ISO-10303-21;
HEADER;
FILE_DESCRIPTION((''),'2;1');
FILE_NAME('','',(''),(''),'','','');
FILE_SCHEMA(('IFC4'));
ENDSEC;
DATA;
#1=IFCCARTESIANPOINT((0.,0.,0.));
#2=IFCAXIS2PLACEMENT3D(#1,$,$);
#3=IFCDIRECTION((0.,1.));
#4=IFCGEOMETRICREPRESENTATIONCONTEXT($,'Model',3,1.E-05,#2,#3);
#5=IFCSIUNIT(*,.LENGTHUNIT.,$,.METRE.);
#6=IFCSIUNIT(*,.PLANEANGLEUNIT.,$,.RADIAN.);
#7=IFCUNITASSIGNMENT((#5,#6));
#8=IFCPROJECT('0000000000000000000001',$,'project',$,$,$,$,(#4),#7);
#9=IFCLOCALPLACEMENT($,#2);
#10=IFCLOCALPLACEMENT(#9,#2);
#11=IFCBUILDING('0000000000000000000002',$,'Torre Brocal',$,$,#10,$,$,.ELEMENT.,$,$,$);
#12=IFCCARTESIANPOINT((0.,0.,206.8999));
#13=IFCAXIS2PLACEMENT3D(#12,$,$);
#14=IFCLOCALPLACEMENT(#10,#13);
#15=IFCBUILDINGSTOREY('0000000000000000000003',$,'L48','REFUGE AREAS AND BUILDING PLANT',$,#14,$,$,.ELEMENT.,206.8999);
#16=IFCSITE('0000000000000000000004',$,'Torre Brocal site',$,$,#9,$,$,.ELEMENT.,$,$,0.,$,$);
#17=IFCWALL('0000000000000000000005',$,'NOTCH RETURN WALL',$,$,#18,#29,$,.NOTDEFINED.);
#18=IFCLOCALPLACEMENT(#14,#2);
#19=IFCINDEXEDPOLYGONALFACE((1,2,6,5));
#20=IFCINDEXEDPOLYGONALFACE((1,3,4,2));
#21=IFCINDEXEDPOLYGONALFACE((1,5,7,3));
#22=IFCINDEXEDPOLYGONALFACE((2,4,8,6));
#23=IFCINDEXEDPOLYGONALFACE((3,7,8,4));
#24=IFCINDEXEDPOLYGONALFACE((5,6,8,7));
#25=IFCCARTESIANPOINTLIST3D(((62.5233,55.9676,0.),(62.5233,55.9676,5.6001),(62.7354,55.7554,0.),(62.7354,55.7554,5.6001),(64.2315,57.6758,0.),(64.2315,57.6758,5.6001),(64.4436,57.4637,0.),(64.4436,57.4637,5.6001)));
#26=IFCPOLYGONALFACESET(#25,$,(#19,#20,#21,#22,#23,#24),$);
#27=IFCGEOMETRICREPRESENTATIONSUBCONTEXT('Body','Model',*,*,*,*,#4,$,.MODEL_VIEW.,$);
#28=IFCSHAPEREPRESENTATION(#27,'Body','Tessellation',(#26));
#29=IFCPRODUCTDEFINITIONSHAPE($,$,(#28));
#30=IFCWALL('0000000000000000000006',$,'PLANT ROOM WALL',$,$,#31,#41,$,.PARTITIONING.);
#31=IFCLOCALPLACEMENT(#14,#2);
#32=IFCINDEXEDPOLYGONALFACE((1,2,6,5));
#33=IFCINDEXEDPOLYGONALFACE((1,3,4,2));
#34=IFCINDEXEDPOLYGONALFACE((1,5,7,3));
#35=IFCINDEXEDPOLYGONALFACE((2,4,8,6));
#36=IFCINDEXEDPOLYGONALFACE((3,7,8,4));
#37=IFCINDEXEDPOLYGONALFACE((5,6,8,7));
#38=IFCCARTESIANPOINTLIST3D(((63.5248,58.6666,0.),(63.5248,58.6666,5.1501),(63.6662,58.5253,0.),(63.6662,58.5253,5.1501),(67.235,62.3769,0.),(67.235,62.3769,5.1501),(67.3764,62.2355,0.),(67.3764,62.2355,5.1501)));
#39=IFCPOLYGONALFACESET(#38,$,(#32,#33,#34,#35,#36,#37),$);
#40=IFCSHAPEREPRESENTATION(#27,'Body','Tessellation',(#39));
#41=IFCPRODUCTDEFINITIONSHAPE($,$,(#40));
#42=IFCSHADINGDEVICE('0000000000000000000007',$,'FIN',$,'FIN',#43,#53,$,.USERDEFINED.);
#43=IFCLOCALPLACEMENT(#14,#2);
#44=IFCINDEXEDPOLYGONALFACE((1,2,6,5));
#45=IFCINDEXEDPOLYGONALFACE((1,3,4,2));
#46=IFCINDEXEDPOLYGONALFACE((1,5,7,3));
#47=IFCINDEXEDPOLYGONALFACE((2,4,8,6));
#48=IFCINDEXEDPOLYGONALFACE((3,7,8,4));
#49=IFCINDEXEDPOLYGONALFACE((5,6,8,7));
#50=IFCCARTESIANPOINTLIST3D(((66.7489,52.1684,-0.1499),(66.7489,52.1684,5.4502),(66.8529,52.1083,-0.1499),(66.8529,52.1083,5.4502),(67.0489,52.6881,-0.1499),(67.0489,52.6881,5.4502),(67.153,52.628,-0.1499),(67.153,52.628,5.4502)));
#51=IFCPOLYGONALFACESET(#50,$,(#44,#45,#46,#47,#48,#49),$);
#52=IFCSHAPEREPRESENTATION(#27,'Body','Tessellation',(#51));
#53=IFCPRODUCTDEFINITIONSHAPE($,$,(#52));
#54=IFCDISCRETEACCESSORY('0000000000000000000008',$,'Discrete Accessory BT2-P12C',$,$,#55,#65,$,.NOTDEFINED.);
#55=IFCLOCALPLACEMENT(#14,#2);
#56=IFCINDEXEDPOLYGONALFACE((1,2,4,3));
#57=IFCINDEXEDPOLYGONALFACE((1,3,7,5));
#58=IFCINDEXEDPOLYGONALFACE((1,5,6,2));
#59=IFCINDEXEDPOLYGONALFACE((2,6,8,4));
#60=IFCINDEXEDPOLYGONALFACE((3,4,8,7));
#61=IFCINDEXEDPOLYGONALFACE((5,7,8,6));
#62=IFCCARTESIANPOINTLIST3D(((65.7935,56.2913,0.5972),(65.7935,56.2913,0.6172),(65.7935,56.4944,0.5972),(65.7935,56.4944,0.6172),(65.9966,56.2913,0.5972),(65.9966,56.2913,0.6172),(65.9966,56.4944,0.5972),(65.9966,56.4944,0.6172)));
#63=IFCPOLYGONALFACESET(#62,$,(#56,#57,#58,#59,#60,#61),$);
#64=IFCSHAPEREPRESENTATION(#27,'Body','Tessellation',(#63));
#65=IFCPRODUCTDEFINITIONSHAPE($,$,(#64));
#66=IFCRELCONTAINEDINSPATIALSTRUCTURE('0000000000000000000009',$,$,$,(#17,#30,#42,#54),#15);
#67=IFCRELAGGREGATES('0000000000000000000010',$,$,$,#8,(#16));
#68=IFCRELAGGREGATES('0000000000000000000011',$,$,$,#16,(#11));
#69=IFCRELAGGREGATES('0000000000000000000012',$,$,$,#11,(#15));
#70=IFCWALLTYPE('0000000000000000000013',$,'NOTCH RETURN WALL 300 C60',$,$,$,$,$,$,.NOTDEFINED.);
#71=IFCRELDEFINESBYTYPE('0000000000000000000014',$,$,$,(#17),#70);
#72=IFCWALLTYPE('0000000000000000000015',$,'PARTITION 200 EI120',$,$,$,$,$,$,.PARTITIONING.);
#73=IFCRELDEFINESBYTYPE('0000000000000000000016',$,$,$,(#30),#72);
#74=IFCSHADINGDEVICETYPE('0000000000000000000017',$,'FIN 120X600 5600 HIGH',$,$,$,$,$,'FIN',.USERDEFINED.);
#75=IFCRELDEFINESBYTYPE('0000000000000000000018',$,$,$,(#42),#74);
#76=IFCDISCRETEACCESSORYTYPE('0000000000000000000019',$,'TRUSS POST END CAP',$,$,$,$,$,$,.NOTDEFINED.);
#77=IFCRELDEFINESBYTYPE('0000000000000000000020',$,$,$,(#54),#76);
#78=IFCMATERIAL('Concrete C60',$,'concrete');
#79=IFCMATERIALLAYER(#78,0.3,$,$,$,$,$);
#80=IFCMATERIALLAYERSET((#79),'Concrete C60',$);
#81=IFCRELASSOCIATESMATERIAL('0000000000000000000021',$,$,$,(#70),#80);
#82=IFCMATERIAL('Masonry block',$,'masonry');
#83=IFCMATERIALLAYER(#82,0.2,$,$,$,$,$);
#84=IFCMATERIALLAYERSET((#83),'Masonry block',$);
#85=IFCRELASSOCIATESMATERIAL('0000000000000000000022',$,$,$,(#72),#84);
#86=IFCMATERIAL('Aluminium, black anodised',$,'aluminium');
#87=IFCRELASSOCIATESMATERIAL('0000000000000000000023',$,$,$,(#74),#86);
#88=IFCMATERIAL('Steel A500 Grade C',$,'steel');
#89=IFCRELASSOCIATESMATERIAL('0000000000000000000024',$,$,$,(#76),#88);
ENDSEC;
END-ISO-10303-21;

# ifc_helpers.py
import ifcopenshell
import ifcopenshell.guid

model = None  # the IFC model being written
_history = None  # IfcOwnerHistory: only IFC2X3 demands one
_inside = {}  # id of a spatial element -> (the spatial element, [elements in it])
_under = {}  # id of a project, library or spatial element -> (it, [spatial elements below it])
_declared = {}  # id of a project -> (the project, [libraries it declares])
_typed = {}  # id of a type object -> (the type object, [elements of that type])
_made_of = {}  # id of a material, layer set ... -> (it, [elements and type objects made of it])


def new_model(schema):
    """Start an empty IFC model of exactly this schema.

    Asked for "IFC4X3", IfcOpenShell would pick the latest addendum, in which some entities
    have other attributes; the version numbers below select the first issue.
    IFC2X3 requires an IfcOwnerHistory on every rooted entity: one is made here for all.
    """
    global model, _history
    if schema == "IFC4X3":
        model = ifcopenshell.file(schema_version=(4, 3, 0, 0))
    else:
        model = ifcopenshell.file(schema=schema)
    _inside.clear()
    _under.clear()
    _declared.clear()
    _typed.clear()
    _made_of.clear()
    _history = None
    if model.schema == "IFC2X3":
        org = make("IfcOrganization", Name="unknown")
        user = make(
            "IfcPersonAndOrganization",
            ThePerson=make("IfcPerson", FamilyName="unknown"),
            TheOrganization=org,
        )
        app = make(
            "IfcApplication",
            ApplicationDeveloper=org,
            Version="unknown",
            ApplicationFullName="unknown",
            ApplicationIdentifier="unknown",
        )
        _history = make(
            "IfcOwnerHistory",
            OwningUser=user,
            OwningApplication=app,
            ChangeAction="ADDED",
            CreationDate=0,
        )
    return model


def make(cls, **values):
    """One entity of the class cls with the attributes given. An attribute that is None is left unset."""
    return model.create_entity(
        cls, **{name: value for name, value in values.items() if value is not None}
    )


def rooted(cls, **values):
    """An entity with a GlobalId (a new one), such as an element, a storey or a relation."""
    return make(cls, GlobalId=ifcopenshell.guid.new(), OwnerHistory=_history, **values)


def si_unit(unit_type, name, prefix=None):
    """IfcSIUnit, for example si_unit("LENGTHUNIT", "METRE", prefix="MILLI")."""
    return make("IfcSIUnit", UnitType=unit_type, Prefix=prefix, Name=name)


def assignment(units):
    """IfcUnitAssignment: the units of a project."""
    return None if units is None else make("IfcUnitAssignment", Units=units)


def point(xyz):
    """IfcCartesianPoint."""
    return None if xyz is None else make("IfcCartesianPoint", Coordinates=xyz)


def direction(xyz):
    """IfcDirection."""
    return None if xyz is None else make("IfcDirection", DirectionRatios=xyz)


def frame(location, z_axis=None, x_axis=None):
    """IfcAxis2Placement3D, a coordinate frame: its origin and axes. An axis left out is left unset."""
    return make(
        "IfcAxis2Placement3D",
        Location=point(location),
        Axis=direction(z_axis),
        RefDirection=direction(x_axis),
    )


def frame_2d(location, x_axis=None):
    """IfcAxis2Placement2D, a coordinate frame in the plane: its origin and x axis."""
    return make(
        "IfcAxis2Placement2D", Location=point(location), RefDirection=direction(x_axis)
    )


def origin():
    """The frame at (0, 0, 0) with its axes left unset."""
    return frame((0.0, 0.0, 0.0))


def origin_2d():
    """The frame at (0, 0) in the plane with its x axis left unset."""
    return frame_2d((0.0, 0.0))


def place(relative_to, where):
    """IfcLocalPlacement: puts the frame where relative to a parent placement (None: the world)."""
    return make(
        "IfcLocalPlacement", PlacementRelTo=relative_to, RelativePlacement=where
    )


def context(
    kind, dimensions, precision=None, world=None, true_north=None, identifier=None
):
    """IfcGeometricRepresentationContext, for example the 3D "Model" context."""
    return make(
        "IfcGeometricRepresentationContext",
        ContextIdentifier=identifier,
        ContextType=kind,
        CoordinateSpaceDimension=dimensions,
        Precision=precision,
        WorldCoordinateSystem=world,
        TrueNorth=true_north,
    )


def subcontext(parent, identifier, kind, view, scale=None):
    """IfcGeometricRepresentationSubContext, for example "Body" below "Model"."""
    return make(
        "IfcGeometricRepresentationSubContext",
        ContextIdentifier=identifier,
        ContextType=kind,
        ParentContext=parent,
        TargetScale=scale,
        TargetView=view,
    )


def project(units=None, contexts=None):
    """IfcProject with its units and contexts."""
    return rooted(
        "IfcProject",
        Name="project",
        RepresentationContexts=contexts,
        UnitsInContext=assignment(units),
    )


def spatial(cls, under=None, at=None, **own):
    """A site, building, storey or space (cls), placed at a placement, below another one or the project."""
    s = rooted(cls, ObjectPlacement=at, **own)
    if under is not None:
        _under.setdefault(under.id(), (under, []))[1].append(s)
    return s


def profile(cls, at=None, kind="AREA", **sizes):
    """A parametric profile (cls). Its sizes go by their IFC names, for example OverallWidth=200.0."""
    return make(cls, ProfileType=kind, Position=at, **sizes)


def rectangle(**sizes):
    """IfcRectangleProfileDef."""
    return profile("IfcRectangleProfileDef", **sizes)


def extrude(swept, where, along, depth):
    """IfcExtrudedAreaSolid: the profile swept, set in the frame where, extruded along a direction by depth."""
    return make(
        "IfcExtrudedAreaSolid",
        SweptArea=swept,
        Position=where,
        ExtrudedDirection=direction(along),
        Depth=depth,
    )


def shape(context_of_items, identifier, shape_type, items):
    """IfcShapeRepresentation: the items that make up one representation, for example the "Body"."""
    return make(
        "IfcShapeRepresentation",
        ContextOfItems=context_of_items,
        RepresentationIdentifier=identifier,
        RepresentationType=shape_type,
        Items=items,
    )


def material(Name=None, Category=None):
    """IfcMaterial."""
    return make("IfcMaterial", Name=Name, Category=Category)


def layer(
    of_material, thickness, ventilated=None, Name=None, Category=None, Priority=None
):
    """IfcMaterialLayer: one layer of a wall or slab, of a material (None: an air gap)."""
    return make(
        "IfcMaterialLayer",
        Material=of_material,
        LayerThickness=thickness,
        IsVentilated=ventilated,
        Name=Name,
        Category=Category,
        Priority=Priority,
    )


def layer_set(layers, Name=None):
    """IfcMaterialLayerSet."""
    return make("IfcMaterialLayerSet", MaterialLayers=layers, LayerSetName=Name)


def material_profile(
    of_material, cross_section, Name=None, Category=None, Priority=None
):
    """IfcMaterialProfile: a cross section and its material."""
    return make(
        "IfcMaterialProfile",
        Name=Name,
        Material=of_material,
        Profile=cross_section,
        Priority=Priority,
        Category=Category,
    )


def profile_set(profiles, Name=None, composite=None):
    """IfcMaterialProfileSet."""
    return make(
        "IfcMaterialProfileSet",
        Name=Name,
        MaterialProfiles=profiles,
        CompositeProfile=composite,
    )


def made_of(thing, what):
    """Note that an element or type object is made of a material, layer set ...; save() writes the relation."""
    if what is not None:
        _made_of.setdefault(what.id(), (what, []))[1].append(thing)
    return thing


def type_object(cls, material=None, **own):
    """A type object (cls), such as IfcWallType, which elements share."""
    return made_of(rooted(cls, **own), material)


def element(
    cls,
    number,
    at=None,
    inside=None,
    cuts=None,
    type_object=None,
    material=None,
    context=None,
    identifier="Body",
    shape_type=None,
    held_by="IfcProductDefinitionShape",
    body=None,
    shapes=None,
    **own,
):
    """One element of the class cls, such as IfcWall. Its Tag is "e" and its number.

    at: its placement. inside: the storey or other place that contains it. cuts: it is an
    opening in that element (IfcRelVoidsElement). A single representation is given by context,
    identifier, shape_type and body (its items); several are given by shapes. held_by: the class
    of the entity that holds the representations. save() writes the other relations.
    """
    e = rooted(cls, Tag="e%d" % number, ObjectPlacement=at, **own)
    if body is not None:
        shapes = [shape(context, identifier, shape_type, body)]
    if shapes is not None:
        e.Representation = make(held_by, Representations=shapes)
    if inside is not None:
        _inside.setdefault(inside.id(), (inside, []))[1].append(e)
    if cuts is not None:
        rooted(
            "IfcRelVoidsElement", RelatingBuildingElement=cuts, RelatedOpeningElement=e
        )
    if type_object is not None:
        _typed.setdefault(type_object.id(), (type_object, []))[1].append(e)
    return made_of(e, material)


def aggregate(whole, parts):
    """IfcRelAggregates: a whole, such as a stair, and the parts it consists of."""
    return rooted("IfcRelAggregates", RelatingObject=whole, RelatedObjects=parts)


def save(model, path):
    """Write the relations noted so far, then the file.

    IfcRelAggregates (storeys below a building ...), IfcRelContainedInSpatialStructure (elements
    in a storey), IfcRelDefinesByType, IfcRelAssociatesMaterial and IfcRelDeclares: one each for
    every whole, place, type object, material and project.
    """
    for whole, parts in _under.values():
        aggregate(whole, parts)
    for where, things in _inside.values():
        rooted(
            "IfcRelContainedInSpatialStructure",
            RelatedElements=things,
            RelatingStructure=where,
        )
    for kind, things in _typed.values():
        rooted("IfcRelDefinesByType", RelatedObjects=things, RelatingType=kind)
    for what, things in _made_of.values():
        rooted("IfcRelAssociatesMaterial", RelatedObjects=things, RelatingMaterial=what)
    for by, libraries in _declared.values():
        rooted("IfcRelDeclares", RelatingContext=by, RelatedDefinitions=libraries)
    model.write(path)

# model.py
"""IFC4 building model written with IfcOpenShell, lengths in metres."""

from ifc_helpers import new_model, si_unit, direction, frame, frame_2d, origin, origin_2d, place, context, subcontext, project, spatial, rectangle, extrude, material, layer, layer_set, material_profile, profile_set, type_object, element, save


model = new_model("IFC4")

# Units and contexts
model_context = context("Model", 3, precision=1e-05, world=origin(), true_north=direction((0.0, 1.0)))
body_context = subcontext(model_context, "Body", "Model", "MODEL_VIEW")
ifc_project = project(units=[si_unit("LENGTHUNIT", "METRE"), si_unit("PLANEANGLEUNIT", "RADIAN")], contexts=[model_context])

# Site, building, storey
site_placement = place(None, origin())
site = spatial("IfcSite", under=ifc_project, at=site_placement, Name="Torre Brocal site", CompositionType="ELEMENT", RefElevation=0.0)
building_placement = place(site_placement, origin())
building = spatial("IfcBuilding", under=site, at=building_placement, Name="Torre Brocal", CompositionType="ELEMENT")
storey_placement = place(building_placement, frame((0.0, 0.0, 206.8999)))
storey = spatial("IfcBuildingStorey", under=building, at=storey_placement, Name="L48", Description="REFUGE AREAS AND BUILDING PLANT", CompositionType="ELEMENT", Elevation=206.8999)

# Walls
ifc_material_1 = material(Name="Concrete C60", Category="concrete")
ifc_layer_1 = layer(ifc_material_1, 0.3)
ifc_layer_set_1 = layer_set([ifc_layer_1], Name="Concrete C60")
wall_type_1 = type_object("IfcWallType", Name="NOTCH RETURN WALL 300 C60", PredefinedType="NOTDEFINED", material=ifc_layer_set_1)
for number, where, z_axis, x_axis, name in (
    (1, (64.3376, 57.5698, 0.0), (0.0, 0.0, 1.0), (-0.707107, -0.707107, 0.0), "NOTCH RETURN WALL"),
):
    element("IfcWall", number, at=place(storey_placement, frame(where, z_axis=z_axis, x_axis=x_axis)), inside=storey, type_object=wall_type_1, Name=name, PredefinedType="NOTDEFINED", context=body_context, shape_type="SweptSolid", body=[
        extrude(rectangle(XDim=2.4158, YDim=0.3, at=frame_2d((1.208, 0.0))), origin(), (0.0, 0.0, 1.0), 5.6001),
    ])
ifc_material_2 = material(Name="Masonry block", Category="masonry")
ifc_layer_2 = layer(ifc_material_2, 0.2)
ifc_layer_set_2 = layer_set([ifc_layer_2], Name="Masonry block")
wall_type_2 = type_object("IfcWallType", Name="PARTITION 200 EI120", PredefinedType="PARTITIONING", material=ifc_layer_set_2)
wall_placement = place(storey_placement, frame((63.5955, 58.5959, 0.0), z_axis=(0.0, 0.0, 1.0), x_axis=(0.707107, 0.707107, 0.0)))
element("IfcWall", 2, at=wall_placement, inside=storey, type_object=wall_type_2, Name="PLANT ROOM WALL", PredefinedType="PARTITIONING", context=body_context, shape_type="SweptSolid", body=[
    extrude(rectangle(XDim=5.2471, YDim=0.2, at=frame_2d((2.6235, 0.0))), origin(), (0.0, 0.0, 1.0), 5.1501),
])

# Shading device
ifc_material_3 = material(Name="Aluminium, black anodised", Category="aluminium")
ifc_material_profile_1 = material_profile(ifc_material_3, rectangle(XDim=0.1201, YDim=0.6001, at=origin_2d()), Name="FIN 120X600 5600 HIGH")
ifc_profile_set_1 = profile_set([ifc_material_profile_1], Name="Aluminium, black anodised")
shading_device_type = type_object("IfcShadingDeviceType", Name="FIN 120X600 5600 HIGH", ElementType="FIN", PredefinedType="USERDEFINED", material=ifc_profile_set_1)
shading_device_placement = place(storey_placement, frame((66.9509, 52.3982, -0.1499), z_axis=(0.0, 0.0, 1.0), x_axis=(0.866025, -0.5, 0.0)))
element("IfcShadingDevice", 3, at=shading_device_placement, inside=storey, type_object=shading_device_type, Name="FIN", ObjectType="FIN", PredefinedType="USERDEFINED", context=body_context, shape_type="SweptSolid", body=[
    extrude(rectangle(XDim=0.1201, YDim=0.6001, at=origin_2d()), origin(), (0.0, 0.0, 1.0), 5.6001),
])

# Discrete accessory
ifc_material_4 = material(Name="Steel A500 Grade C", Category="steel")
discrete_accessory_type = type_object("IfcDiscreteAccessoryType", Name="TRUSS POST END CAP", PredefinedType="NOTDEFINED", material=ifc_material_4)
discrete_accessory_placement = place(storey_placement, frame((65.895, 56.3928, 0.5972), z_axis=(0.0, 0.0, 1.0), x_axis=(1.0, 0.0, 0.0)))
element("IfcDiscreteAccessory", 4, at=discrete_accessory_placement, inside=storey, type_object=discrete_accessory_type, Name="Discrete Accessory BT2-P12C", PredefinedType="NOTDEFINED", context=body_context, shape_type="SweptSolid", body=[
    extrude(rectangle(XDim=0.2031, YDim=0.2031, at=origin_2d()), origin(), (0.0, 0.0, 1.0), 0.02),
])

save(model, "model.ifc")
